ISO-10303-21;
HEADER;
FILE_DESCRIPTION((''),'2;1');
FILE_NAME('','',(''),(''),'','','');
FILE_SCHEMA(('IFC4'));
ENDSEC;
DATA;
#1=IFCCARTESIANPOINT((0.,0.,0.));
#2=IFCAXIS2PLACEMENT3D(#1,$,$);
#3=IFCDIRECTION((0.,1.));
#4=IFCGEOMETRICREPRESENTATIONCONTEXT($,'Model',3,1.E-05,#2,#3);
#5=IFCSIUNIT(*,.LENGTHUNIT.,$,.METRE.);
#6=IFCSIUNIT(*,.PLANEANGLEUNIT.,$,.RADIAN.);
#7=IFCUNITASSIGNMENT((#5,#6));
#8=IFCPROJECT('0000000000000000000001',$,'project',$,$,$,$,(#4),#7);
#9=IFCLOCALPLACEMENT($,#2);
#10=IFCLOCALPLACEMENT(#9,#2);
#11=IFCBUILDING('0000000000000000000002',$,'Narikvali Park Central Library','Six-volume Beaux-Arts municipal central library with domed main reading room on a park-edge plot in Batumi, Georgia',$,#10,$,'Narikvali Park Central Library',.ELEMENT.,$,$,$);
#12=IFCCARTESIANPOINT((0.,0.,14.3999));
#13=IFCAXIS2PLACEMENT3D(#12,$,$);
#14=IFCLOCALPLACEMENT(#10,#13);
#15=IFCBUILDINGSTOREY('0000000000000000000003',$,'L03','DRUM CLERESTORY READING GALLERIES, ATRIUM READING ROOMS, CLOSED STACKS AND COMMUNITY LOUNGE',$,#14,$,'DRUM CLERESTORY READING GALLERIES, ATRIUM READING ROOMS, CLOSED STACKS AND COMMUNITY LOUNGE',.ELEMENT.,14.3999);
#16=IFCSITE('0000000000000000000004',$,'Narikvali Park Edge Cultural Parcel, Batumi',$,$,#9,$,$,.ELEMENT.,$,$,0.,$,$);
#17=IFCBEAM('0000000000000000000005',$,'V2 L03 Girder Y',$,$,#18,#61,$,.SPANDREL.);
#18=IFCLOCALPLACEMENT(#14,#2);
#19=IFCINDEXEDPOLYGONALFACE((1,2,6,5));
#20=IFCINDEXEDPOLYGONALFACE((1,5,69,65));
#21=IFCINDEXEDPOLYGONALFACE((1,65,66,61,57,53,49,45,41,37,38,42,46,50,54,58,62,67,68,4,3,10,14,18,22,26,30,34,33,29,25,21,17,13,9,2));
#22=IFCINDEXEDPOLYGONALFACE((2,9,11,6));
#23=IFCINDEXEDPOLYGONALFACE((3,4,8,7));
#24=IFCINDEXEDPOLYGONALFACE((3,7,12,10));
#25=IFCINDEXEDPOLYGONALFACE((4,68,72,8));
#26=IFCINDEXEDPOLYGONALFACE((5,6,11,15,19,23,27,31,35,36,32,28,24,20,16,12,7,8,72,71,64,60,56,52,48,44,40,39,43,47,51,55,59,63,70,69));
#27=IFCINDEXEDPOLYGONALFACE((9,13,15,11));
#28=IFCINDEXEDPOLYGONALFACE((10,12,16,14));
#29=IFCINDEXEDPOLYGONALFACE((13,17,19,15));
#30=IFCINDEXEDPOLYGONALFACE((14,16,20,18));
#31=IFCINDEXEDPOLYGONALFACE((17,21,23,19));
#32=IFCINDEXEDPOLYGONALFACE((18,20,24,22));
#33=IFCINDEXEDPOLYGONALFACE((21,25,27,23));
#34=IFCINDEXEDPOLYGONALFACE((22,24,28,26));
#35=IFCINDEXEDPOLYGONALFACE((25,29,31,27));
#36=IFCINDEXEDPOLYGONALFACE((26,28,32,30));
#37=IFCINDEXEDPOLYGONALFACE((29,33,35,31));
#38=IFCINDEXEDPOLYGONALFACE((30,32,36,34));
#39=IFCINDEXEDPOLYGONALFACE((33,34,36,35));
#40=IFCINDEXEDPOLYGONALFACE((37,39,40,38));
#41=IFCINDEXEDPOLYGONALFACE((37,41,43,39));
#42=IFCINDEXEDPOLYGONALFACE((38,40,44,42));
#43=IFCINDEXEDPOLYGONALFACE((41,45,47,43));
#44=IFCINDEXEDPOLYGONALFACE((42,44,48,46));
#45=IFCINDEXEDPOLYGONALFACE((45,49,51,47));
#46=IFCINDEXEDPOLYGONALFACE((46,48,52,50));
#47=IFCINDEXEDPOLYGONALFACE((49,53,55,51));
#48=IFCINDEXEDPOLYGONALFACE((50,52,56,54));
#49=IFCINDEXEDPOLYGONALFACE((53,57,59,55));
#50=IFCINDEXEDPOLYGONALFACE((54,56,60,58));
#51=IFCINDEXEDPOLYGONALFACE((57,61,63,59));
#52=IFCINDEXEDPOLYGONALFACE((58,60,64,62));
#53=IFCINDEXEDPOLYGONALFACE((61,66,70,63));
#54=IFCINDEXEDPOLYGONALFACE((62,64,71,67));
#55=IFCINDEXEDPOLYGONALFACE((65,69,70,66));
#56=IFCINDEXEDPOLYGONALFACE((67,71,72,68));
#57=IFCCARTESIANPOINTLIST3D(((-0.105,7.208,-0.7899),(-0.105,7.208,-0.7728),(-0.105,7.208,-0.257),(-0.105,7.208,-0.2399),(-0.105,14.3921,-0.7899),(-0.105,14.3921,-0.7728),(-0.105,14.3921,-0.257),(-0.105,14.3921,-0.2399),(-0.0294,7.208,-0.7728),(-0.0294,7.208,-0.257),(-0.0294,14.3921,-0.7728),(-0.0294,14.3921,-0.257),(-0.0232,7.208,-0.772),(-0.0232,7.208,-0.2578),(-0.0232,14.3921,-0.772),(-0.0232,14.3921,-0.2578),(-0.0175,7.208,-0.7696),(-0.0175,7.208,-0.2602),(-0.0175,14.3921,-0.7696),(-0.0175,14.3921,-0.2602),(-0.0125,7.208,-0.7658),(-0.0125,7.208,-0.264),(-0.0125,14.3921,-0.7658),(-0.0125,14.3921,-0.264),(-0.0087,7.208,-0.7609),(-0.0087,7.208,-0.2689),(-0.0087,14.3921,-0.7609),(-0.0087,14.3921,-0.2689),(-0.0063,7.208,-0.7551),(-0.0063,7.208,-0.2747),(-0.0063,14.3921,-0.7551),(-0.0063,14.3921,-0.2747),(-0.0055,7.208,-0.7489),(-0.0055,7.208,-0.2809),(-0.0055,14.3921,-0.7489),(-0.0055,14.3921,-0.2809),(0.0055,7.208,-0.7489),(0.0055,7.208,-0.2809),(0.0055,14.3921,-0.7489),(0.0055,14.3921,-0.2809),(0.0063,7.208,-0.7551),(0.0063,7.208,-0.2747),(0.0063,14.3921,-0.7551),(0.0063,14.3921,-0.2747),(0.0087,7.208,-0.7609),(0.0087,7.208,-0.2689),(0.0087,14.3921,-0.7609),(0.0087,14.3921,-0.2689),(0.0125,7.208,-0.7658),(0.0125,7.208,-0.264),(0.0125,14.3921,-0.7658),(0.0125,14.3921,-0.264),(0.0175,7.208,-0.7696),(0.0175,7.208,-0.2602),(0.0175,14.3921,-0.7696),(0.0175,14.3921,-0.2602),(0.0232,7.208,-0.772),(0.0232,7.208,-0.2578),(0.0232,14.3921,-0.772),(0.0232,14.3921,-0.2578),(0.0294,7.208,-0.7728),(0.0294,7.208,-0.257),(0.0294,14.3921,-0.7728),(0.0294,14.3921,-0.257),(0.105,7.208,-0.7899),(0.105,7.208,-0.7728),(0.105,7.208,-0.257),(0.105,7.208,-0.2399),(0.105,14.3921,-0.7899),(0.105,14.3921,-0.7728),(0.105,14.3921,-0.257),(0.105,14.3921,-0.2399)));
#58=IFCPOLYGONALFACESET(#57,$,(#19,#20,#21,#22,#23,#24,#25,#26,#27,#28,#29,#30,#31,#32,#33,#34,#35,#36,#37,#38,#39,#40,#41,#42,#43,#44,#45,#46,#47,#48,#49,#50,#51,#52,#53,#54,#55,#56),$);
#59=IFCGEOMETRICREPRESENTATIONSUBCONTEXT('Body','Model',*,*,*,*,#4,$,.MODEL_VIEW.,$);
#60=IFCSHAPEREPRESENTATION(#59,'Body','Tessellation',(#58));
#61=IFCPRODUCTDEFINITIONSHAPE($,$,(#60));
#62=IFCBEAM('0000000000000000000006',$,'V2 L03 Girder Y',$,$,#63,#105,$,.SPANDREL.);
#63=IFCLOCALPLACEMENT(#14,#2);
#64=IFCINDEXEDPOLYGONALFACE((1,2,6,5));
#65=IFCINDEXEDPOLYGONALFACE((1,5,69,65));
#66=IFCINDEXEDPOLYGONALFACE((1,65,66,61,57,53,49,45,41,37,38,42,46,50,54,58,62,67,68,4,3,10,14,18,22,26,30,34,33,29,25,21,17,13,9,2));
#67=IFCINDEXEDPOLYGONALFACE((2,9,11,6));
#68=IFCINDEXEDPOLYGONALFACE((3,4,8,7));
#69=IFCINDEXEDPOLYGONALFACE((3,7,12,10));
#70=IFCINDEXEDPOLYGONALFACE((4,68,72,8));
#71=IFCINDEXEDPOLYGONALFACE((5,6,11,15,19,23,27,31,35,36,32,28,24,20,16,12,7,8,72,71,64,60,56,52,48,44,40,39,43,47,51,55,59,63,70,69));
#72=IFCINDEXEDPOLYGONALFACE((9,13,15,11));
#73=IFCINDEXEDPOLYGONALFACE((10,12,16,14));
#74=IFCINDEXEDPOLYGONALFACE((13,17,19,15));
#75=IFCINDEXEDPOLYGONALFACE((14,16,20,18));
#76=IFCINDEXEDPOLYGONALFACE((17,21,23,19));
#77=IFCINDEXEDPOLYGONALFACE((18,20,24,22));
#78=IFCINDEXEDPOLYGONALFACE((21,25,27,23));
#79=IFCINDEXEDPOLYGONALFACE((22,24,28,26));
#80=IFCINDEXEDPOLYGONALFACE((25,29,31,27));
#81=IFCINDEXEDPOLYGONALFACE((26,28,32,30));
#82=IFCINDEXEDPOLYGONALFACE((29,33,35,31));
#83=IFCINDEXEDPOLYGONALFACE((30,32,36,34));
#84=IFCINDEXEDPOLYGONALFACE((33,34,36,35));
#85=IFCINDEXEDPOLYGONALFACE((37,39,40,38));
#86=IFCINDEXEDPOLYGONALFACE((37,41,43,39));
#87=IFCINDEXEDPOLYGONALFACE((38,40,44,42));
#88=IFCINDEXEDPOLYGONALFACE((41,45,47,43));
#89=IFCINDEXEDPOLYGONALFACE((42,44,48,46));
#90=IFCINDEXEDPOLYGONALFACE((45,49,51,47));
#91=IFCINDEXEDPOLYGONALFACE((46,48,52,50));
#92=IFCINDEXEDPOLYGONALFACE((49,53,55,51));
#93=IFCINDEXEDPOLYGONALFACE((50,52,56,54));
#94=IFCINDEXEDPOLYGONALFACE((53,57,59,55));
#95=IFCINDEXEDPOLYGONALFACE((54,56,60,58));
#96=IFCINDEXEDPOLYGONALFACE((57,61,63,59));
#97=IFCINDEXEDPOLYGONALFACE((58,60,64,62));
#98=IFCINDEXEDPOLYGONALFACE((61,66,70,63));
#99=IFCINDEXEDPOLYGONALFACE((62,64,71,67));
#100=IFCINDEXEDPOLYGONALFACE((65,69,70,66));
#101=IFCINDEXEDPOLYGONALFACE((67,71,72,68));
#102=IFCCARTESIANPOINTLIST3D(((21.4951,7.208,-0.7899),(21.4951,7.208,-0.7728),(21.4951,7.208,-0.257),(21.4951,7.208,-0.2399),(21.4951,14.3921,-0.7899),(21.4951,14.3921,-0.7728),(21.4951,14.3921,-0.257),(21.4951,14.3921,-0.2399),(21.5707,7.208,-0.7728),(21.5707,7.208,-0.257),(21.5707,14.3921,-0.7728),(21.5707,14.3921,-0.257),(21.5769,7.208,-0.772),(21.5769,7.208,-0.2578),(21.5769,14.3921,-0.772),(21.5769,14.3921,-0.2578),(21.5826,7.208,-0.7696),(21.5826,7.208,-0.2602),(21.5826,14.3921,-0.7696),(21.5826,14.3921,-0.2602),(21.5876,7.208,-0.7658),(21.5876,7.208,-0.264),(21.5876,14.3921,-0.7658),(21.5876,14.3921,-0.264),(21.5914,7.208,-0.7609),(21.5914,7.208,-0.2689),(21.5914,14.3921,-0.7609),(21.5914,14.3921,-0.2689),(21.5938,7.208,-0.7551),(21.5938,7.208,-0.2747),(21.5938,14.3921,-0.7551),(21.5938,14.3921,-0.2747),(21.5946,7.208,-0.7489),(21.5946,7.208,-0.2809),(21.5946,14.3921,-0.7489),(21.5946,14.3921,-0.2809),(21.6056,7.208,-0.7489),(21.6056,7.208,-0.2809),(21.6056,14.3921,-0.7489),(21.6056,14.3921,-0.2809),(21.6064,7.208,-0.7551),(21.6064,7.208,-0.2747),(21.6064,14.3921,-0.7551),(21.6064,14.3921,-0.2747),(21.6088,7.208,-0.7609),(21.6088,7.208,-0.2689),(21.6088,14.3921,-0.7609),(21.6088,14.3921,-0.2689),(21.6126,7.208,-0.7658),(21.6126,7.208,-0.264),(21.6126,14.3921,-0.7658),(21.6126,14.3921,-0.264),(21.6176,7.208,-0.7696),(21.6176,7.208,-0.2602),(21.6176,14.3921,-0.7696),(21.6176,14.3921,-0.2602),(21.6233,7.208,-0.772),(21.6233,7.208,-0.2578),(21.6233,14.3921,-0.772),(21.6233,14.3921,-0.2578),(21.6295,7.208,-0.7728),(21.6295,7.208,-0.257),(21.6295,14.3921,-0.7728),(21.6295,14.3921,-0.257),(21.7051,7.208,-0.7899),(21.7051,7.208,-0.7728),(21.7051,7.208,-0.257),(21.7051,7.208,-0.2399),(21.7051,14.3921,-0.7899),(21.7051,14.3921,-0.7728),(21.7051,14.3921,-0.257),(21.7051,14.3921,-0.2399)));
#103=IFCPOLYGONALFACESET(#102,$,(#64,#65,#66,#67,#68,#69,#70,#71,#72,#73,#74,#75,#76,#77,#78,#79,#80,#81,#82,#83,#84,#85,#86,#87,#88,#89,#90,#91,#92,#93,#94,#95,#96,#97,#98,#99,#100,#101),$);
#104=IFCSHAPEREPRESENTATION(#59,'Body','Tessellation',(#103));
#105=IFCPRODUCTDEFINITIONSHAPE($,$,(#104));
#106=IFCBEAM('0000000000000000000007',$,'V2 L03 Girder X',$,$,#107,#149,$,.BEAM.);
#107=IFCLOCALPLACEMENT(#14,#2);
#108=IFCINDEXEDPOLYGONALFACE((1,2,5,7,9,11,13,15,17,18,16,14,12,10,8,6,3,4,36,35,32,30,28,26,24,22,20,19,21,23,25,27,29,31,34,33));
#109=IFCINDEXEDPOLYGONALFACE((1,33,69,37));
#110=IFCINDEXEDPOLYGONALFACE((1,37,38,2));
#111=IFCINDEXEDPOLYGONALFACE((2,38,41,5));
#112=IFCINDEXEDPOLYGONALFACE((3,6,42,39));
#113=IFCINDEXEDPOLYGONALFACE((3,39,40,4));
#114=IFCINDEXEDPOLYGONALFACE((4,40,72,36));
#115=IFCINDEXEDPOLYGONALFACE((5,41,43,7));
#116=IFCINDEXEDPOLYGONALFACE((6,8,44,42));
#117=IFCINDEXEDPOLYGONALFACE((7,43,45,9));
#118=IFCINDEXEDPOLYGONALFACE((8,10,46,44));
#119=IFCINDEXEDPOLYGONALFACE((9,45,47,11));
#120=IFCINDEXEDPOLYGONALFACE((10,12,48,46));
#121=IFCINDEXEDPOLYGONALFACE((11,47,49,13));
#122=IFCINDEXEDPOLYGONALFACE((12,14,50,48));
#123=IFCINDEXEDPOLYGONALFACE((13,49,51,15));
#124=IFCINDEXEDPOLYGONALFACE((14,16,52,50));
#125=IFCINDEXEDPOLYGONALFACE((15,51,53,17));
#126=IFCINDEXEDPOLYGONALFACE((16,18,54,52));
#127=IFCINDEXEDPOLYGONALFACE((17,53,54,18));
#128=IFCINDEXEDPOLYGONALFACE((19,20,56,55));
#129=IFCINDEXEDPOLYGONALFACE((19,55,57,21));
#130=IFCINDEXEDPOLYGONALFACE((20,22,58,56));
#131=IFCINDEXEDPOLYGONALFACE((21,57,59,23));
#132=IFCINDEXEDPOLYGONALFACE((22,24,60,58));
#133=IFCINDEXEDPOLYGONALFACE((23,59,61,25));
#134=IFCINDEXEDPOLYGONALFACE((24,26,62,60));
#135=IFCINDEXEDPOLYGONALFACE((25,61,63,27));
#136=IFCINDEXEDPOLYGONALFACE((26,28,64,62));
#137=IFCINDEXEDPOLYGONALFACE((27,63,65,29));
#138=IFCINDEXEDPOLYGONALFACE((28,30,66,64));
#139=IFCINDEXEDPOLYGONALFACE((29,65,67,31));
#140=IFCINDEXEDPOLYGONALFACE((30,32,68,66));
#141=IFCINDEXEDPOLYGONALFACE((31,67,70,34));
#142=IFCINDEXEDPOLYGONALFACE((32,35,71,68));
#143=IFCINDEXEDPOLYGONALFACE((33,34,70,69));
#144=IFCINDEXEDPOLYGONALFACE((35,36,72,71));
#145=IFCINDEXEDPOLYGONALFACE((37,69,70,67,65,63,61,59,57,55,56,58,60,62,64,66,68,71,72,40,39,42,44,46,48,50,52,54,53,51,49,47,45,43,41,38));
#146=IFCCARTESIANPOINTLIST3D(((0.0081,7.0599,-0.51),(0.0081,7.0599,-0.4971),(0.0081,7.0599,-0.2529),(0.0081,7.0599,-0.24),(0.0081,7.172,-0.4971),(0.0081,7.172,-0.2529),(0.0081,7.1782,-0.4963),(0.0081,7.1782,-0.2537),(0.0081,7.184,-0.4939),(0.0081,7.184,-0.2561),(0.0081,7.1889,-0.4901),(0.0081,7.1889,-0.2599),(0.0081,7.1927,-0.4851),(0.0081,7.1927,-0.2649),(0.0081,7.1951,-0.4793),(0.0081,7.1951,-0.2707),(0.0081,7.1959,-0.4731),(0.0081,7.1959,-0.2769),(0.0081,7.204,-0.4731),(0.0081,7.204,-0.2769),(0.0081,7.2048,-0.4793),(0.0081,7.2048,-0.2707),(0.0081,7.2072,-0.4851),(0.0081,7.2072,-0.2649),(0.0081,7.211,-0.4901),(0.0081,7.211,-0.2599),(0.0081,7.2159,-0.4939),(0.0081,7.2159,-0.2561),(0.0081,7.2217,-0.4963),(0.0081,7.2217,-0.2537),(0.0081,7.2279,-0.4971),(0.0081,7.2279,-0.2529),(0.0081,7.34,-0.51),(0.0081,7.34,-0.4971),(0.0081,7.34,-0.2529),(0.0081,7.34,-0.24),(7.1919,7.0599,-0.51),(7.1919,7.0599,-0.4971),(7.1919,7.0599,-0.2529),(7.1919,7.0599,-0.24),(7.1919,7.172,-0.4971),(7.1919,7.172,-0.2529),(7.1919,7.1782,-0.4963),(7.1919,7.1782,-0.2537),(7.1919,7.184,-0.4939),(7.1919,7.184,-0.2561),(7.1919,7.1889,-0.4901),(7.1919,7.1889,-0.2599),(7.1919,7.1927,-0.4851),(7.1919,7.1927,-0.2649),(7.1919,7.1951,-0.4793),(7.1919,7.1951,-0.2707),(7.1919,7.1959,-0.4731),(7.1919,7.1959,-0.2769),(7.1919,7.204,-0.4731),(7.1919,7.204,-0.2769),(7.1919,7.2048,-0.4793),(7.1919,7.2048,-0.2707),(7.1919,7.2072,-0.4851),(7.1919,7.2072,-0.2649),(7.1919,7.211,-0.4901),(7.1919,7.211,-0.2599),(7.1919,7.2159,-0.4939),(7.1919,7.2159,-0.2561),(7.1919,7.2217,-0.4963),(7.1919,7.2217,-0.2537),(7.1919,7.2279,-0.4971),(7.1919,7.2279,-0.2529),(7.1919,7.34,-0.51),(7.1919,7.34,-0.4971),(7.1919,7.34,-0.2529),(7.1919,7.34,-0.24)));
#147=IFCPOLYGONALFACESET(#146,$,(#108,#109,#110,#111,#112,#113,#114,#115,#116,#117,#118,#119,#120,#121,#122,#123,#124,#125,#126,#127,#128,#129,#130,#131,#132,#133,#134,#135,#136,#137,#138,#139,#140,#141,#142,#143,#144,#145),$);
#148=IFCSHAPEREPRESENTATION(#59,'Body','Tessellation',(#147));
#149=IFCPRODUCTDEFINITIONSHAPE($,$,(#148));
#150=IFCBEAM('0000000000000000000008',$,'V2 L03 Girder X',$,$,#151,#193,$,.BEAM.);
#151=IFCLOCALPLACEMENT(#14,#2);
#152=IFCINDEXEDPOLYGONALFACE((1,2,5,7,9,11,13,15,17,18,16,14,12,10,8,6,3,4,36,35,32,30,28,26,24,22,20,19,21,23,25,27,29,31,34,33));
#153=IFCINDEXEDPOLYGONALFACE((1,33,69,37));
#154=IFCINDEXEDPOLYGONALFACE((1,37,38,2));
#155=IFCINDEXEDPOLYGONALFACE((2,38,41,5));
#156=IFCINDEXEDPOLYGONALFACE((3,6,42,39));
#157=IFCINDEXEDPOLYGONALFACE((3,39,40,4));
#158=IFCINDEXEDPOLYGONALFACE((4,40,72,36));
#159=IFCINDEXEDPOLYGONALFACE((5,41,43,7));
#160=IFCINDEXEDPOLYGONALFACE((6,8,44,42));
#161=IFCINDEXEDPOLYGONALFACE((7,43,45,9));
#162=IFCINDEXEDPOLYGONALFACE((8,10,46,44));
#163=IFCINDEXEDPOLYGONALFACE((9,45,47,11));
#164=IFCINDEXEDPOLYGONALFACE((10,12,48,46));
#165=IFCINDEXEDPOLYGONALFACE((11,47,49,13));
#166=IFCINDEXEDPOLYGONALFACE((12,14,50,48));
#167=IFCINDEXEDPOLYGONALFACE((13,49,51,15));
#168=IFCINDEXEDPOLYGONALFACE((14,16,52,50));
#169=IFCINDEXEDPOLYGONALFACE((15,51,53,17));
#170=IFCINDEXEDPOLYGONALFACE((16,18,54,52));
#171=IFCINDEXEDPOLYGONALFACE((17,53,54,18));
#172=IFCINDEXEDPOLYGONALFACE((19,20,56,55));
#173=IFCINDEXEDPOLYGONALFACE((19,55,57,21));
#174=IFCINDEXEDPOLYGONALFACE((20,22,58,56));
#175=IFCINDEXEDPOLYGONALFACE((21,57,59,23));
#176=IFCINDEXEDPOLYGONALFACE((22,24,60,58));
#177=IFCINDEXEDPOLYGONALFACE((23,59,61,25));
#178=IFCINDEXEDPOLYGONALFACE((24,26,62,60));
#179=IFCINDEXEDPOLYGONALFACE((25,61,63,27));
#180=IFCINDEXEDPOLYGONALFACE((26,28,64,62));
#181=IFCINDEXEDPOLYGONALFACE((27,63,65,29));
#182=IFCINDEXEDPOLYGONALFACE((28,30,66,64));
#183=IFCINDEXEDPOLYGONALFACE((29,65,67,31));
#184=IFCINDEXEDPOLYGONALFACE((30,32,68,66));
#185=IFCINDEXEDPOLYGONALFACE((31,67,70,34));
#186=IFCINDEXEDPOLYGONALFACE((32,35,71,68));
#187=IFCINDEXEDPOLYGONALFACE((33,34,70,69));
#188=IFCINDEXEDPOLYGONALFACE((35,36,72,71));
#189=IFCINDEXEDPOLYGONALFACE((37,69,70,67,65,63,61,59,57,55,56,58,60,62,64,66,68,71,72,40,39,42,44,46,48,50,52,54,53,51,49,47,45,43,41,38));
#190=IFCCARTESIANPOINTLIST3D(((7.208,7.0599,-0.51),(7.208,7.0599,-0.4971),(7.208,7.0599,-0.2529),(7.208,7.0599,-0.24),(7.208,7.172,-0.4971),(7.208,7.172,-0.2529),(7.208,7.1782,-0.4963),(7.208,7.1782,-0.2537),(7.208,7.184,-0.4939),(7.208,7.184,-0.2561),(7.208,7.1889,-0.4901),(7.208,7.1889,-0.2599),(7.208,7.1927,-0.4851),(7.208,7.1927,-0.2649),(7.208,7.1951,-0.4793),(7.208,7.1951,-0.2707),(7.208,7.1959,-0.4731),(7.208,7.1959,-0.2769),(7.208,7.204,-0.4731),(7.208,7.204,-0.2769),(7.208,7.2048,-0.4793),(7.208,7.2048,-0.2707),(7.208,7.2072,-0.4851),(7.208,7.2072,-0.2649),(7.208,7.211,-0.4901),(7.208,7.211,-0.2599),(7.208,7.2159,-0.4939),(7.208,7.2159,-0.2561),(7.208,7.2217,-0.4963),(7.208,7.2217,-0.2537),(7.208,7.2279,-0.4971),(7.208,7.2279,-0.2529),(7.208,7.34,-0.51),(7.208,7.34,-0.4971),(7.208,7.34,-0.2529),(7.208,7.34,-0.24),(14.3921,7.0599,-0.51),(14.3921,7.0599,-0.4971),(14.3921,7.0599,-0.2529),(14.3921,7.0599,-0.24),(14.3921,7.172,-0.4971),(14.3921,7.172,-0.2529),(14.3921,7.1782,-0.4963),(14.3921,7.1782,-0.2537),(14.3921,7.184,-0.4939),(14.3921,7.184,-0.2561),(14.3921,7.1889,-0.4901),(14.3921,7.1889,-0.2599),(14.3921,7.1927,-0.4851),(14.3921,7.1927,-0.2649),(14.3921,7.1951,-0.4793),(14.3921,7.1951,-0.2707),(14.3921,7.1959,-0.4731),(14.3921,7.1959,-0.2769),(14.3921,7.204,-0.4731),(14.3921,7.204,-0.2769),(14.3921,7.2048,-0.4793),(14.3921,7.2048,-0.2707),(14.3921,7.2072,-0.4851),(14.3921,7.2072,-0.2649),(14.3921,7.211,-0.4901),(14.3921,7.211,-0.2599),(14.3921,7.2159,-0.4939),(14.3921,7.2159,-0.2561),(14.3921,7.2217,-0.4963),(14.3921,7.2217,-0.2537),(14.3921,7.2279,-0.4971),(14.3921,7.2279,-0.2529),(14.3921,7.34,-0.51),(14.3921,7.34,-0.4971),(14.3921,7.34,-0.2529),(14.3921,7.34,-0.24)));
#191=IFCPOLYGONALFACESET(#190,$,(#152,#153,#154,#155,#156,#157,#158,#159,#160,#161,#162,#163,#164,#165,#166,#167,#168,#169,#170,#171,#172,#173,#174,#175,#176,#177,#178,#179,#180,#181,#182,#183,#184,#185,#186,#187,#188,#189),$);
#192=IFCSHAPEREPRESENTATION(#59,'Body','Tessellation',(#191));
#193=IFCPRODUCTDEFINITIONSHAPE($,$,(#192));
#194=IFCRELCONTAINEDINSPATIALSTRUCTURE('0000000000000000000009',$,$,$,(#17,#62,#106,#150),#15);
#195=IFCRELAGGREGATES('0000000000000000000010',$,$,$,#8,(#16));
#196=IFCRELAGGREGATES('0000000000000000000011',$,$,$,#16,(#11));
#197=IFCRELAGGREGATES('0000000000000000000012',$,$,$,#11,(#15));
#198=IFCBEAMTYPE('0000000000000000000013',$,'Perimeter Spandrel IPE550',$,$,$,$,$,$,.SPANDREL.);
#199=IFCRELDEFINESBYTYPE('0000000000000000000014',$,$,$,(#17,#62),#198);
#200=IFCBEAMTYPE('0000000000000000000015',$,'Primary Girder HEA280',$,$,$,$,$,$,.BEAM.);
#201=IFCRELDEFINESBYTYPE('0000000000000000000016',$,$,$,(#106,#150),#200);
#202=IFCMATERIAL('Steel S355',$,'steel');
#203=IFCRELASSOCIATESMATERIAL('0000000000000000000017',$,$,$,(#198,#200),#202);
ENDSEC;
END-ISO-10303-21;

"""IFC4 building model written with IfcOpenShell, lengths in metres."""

from ifc_helpers import new_model, si_unit, direction, frame, origin, origin_2d, place, context, subcontext, project, spatial, i_section, extrude, material, material_profile, profile_set, type_object, element, save


model = new_model("IFC4")

# Units and contexts
model_context = context("Model", 3, precision=1e-05, world=origin(), true_north=direction((0.0, 1.0)))
body_context = subcontext(model_context, "Body", "Model", "MODEL_VIEW")
ifc_project = project(units=[si_unit("LENGTHUNIT", "METRE"), si_unit("PLANEANGLEUNIT", "RADIAN")], contexts=[model_context])

# Site, building, storey
site_placement = place(None, origin())
site = spatial("IfcSite", under=ifc_project, at=site_placement, Name="Narikvali Park Edge Cultural Parcel, Batumi", CompositionType="ELEMENT", RefElevation=0.0)
building_placement = place(site_placement, origin())
building = spatial("IfcBuilding", under=site, at=building_placement, Name="Narikvali Park Central Library", Description="Six-volume Beaux-Arts municipal central library with domed main reading room on a park-edge plot in Batumi, Georgia", LongName="Narikvali Park Central Library", CompositionType="ELEMENT")
storey_placement = place(building_placement, frame((0.0, 0.0, 14.3999)))
storey = spatial("IfcBuildingStorey", under=building, at=storey_placement, Name="L03", Description="DRUM CLERESTORY READING GALLERIES, ATRIUM READING ROOMS, CLOSED STACKS AND COMMUNITY LOUNGE", LongName="DRUM CLERESTORY READING GALLERIES, ATRIUM READING ROOMS, CLOSED STACKS AND COMMUNITY LOUNGE", CompositionType="ELEMENT", Elevation=14.3999)

# Shared definitions
ifc_material_1 = material(Name="Steel S355", Category="steel")

# Beams
ifc_material_profile_1 = material_profile(ifc_material_1, i_section(OverallWidth=0.21, OverallDepth=0.55, WebThickness=0.011, FlangeThickness=0.0171, FilletRadius=0.0239, at=origin_2d()), Name="IPE 550")
ifc_profile_set_1 = profile_set([ifc_material_profile_1], Name="Steel S355")
beam_type_1 = type_object("IfcBeamType", Name="Perimeter Spandrel IPE550", PredefinedType="SPANDREL", material=ifc_profile_set_1)
for number, where, z_axis, x_axis, name in (
    (1, (0.0, 7.208, -0.5149), (0.0, 1.0, 0.0), (-1.0, 0.0, 0.0), "V2 L03 Girder Y"),
    (2, (21.6001, 7.208, -0.5149), (0.0, 1.0, 0.0), (-1.0, 0.0, 0.0), "V2 L03 Girder Y"),
):
    element("IfcBeam", number, at=place(storey_placement, frame(where, z_axis=z_axis, x_axis=x_axis)), inside=storey, type_object=beam_type_1, Name=name, PredefinedType="SPANDREL", context=body_context, shape_type="SweptSolid", body=[
        extrude(i_section(OverallWidth=0.21, OverallDepth=0.55, WebThickness=0.011, FlangeThickness=0.0171, FilletRadius=0.0239, at=origin_2d()), origin(), (0.0, 0.0, 1.0), 7.1841),
    ])
ifc_material_profile_2 = material_profile(ifc_material_1, i_section(OverallWidth=0.28, OverallDepth=0.27, WebThickness=0.0081, FlangeThickness=0.0129, FilletRadius=0.0239, at=origin_2d()), Name="HEA 280")
ifc_profile_set_2 = profile_set([ifc_material_profile_2], Name="Steel S355")
beam_type_2 = type_object("IfcBeamType", Name="Primary Girder HEA280", PredefinedType="BEAM", material=ifc_profile_set_2)
beam_1_placement = place(storey_placement, frame((0.0081, 7.2, -0.375), z_axis=(1.0, 0.0, 0.0), x_axis=(0.0, 1.0, 0.0)))
element("IfcBeam", 3, at=beam_1_placement, inside=storey, type_object=beam_type_2, Name="V2 L03 Girder X", PredefinedType="BEAM", context=body_context, shape_type="SweptSolid", body=[
    extrude(i_section(OverallWidth=0.28, OverallDepth=0.27, WebThickness=0.0081, FlangeThickness=0.0129, FilletRadius=0.0239, at=origin_2d()), origin(), (0.0, 0.0, 1.0), 7.1838),
])
for number, where, z_axis, x_axis, name in (
    (4, (7.208, 7.2, -0.375), (1.0, 0.0, 0.0), (0.0, 1.0, 0.0), "V2 L03 Girder X"),
):
    element("IfcBeam", number, at=place(storey_placement, frame(where, z_axis=z_axis, x_axis=x_axis)), inside=storey, type_object=beam_type_2, Name=name, PredefinedType="BEAM", context=body_context, shape_type="SweptSolid", body=[
        extrude(i_section(OverallWidth=0.28, OverallDepth=0.27, WebThickness=0.0081, FlangeThickness=0.0129, FilletRadius=0.0239, at=origin_2d()), origin(), (0.0, 0.0, 1.0), 7.1841),
    ])

save(model, "model.ifc")
